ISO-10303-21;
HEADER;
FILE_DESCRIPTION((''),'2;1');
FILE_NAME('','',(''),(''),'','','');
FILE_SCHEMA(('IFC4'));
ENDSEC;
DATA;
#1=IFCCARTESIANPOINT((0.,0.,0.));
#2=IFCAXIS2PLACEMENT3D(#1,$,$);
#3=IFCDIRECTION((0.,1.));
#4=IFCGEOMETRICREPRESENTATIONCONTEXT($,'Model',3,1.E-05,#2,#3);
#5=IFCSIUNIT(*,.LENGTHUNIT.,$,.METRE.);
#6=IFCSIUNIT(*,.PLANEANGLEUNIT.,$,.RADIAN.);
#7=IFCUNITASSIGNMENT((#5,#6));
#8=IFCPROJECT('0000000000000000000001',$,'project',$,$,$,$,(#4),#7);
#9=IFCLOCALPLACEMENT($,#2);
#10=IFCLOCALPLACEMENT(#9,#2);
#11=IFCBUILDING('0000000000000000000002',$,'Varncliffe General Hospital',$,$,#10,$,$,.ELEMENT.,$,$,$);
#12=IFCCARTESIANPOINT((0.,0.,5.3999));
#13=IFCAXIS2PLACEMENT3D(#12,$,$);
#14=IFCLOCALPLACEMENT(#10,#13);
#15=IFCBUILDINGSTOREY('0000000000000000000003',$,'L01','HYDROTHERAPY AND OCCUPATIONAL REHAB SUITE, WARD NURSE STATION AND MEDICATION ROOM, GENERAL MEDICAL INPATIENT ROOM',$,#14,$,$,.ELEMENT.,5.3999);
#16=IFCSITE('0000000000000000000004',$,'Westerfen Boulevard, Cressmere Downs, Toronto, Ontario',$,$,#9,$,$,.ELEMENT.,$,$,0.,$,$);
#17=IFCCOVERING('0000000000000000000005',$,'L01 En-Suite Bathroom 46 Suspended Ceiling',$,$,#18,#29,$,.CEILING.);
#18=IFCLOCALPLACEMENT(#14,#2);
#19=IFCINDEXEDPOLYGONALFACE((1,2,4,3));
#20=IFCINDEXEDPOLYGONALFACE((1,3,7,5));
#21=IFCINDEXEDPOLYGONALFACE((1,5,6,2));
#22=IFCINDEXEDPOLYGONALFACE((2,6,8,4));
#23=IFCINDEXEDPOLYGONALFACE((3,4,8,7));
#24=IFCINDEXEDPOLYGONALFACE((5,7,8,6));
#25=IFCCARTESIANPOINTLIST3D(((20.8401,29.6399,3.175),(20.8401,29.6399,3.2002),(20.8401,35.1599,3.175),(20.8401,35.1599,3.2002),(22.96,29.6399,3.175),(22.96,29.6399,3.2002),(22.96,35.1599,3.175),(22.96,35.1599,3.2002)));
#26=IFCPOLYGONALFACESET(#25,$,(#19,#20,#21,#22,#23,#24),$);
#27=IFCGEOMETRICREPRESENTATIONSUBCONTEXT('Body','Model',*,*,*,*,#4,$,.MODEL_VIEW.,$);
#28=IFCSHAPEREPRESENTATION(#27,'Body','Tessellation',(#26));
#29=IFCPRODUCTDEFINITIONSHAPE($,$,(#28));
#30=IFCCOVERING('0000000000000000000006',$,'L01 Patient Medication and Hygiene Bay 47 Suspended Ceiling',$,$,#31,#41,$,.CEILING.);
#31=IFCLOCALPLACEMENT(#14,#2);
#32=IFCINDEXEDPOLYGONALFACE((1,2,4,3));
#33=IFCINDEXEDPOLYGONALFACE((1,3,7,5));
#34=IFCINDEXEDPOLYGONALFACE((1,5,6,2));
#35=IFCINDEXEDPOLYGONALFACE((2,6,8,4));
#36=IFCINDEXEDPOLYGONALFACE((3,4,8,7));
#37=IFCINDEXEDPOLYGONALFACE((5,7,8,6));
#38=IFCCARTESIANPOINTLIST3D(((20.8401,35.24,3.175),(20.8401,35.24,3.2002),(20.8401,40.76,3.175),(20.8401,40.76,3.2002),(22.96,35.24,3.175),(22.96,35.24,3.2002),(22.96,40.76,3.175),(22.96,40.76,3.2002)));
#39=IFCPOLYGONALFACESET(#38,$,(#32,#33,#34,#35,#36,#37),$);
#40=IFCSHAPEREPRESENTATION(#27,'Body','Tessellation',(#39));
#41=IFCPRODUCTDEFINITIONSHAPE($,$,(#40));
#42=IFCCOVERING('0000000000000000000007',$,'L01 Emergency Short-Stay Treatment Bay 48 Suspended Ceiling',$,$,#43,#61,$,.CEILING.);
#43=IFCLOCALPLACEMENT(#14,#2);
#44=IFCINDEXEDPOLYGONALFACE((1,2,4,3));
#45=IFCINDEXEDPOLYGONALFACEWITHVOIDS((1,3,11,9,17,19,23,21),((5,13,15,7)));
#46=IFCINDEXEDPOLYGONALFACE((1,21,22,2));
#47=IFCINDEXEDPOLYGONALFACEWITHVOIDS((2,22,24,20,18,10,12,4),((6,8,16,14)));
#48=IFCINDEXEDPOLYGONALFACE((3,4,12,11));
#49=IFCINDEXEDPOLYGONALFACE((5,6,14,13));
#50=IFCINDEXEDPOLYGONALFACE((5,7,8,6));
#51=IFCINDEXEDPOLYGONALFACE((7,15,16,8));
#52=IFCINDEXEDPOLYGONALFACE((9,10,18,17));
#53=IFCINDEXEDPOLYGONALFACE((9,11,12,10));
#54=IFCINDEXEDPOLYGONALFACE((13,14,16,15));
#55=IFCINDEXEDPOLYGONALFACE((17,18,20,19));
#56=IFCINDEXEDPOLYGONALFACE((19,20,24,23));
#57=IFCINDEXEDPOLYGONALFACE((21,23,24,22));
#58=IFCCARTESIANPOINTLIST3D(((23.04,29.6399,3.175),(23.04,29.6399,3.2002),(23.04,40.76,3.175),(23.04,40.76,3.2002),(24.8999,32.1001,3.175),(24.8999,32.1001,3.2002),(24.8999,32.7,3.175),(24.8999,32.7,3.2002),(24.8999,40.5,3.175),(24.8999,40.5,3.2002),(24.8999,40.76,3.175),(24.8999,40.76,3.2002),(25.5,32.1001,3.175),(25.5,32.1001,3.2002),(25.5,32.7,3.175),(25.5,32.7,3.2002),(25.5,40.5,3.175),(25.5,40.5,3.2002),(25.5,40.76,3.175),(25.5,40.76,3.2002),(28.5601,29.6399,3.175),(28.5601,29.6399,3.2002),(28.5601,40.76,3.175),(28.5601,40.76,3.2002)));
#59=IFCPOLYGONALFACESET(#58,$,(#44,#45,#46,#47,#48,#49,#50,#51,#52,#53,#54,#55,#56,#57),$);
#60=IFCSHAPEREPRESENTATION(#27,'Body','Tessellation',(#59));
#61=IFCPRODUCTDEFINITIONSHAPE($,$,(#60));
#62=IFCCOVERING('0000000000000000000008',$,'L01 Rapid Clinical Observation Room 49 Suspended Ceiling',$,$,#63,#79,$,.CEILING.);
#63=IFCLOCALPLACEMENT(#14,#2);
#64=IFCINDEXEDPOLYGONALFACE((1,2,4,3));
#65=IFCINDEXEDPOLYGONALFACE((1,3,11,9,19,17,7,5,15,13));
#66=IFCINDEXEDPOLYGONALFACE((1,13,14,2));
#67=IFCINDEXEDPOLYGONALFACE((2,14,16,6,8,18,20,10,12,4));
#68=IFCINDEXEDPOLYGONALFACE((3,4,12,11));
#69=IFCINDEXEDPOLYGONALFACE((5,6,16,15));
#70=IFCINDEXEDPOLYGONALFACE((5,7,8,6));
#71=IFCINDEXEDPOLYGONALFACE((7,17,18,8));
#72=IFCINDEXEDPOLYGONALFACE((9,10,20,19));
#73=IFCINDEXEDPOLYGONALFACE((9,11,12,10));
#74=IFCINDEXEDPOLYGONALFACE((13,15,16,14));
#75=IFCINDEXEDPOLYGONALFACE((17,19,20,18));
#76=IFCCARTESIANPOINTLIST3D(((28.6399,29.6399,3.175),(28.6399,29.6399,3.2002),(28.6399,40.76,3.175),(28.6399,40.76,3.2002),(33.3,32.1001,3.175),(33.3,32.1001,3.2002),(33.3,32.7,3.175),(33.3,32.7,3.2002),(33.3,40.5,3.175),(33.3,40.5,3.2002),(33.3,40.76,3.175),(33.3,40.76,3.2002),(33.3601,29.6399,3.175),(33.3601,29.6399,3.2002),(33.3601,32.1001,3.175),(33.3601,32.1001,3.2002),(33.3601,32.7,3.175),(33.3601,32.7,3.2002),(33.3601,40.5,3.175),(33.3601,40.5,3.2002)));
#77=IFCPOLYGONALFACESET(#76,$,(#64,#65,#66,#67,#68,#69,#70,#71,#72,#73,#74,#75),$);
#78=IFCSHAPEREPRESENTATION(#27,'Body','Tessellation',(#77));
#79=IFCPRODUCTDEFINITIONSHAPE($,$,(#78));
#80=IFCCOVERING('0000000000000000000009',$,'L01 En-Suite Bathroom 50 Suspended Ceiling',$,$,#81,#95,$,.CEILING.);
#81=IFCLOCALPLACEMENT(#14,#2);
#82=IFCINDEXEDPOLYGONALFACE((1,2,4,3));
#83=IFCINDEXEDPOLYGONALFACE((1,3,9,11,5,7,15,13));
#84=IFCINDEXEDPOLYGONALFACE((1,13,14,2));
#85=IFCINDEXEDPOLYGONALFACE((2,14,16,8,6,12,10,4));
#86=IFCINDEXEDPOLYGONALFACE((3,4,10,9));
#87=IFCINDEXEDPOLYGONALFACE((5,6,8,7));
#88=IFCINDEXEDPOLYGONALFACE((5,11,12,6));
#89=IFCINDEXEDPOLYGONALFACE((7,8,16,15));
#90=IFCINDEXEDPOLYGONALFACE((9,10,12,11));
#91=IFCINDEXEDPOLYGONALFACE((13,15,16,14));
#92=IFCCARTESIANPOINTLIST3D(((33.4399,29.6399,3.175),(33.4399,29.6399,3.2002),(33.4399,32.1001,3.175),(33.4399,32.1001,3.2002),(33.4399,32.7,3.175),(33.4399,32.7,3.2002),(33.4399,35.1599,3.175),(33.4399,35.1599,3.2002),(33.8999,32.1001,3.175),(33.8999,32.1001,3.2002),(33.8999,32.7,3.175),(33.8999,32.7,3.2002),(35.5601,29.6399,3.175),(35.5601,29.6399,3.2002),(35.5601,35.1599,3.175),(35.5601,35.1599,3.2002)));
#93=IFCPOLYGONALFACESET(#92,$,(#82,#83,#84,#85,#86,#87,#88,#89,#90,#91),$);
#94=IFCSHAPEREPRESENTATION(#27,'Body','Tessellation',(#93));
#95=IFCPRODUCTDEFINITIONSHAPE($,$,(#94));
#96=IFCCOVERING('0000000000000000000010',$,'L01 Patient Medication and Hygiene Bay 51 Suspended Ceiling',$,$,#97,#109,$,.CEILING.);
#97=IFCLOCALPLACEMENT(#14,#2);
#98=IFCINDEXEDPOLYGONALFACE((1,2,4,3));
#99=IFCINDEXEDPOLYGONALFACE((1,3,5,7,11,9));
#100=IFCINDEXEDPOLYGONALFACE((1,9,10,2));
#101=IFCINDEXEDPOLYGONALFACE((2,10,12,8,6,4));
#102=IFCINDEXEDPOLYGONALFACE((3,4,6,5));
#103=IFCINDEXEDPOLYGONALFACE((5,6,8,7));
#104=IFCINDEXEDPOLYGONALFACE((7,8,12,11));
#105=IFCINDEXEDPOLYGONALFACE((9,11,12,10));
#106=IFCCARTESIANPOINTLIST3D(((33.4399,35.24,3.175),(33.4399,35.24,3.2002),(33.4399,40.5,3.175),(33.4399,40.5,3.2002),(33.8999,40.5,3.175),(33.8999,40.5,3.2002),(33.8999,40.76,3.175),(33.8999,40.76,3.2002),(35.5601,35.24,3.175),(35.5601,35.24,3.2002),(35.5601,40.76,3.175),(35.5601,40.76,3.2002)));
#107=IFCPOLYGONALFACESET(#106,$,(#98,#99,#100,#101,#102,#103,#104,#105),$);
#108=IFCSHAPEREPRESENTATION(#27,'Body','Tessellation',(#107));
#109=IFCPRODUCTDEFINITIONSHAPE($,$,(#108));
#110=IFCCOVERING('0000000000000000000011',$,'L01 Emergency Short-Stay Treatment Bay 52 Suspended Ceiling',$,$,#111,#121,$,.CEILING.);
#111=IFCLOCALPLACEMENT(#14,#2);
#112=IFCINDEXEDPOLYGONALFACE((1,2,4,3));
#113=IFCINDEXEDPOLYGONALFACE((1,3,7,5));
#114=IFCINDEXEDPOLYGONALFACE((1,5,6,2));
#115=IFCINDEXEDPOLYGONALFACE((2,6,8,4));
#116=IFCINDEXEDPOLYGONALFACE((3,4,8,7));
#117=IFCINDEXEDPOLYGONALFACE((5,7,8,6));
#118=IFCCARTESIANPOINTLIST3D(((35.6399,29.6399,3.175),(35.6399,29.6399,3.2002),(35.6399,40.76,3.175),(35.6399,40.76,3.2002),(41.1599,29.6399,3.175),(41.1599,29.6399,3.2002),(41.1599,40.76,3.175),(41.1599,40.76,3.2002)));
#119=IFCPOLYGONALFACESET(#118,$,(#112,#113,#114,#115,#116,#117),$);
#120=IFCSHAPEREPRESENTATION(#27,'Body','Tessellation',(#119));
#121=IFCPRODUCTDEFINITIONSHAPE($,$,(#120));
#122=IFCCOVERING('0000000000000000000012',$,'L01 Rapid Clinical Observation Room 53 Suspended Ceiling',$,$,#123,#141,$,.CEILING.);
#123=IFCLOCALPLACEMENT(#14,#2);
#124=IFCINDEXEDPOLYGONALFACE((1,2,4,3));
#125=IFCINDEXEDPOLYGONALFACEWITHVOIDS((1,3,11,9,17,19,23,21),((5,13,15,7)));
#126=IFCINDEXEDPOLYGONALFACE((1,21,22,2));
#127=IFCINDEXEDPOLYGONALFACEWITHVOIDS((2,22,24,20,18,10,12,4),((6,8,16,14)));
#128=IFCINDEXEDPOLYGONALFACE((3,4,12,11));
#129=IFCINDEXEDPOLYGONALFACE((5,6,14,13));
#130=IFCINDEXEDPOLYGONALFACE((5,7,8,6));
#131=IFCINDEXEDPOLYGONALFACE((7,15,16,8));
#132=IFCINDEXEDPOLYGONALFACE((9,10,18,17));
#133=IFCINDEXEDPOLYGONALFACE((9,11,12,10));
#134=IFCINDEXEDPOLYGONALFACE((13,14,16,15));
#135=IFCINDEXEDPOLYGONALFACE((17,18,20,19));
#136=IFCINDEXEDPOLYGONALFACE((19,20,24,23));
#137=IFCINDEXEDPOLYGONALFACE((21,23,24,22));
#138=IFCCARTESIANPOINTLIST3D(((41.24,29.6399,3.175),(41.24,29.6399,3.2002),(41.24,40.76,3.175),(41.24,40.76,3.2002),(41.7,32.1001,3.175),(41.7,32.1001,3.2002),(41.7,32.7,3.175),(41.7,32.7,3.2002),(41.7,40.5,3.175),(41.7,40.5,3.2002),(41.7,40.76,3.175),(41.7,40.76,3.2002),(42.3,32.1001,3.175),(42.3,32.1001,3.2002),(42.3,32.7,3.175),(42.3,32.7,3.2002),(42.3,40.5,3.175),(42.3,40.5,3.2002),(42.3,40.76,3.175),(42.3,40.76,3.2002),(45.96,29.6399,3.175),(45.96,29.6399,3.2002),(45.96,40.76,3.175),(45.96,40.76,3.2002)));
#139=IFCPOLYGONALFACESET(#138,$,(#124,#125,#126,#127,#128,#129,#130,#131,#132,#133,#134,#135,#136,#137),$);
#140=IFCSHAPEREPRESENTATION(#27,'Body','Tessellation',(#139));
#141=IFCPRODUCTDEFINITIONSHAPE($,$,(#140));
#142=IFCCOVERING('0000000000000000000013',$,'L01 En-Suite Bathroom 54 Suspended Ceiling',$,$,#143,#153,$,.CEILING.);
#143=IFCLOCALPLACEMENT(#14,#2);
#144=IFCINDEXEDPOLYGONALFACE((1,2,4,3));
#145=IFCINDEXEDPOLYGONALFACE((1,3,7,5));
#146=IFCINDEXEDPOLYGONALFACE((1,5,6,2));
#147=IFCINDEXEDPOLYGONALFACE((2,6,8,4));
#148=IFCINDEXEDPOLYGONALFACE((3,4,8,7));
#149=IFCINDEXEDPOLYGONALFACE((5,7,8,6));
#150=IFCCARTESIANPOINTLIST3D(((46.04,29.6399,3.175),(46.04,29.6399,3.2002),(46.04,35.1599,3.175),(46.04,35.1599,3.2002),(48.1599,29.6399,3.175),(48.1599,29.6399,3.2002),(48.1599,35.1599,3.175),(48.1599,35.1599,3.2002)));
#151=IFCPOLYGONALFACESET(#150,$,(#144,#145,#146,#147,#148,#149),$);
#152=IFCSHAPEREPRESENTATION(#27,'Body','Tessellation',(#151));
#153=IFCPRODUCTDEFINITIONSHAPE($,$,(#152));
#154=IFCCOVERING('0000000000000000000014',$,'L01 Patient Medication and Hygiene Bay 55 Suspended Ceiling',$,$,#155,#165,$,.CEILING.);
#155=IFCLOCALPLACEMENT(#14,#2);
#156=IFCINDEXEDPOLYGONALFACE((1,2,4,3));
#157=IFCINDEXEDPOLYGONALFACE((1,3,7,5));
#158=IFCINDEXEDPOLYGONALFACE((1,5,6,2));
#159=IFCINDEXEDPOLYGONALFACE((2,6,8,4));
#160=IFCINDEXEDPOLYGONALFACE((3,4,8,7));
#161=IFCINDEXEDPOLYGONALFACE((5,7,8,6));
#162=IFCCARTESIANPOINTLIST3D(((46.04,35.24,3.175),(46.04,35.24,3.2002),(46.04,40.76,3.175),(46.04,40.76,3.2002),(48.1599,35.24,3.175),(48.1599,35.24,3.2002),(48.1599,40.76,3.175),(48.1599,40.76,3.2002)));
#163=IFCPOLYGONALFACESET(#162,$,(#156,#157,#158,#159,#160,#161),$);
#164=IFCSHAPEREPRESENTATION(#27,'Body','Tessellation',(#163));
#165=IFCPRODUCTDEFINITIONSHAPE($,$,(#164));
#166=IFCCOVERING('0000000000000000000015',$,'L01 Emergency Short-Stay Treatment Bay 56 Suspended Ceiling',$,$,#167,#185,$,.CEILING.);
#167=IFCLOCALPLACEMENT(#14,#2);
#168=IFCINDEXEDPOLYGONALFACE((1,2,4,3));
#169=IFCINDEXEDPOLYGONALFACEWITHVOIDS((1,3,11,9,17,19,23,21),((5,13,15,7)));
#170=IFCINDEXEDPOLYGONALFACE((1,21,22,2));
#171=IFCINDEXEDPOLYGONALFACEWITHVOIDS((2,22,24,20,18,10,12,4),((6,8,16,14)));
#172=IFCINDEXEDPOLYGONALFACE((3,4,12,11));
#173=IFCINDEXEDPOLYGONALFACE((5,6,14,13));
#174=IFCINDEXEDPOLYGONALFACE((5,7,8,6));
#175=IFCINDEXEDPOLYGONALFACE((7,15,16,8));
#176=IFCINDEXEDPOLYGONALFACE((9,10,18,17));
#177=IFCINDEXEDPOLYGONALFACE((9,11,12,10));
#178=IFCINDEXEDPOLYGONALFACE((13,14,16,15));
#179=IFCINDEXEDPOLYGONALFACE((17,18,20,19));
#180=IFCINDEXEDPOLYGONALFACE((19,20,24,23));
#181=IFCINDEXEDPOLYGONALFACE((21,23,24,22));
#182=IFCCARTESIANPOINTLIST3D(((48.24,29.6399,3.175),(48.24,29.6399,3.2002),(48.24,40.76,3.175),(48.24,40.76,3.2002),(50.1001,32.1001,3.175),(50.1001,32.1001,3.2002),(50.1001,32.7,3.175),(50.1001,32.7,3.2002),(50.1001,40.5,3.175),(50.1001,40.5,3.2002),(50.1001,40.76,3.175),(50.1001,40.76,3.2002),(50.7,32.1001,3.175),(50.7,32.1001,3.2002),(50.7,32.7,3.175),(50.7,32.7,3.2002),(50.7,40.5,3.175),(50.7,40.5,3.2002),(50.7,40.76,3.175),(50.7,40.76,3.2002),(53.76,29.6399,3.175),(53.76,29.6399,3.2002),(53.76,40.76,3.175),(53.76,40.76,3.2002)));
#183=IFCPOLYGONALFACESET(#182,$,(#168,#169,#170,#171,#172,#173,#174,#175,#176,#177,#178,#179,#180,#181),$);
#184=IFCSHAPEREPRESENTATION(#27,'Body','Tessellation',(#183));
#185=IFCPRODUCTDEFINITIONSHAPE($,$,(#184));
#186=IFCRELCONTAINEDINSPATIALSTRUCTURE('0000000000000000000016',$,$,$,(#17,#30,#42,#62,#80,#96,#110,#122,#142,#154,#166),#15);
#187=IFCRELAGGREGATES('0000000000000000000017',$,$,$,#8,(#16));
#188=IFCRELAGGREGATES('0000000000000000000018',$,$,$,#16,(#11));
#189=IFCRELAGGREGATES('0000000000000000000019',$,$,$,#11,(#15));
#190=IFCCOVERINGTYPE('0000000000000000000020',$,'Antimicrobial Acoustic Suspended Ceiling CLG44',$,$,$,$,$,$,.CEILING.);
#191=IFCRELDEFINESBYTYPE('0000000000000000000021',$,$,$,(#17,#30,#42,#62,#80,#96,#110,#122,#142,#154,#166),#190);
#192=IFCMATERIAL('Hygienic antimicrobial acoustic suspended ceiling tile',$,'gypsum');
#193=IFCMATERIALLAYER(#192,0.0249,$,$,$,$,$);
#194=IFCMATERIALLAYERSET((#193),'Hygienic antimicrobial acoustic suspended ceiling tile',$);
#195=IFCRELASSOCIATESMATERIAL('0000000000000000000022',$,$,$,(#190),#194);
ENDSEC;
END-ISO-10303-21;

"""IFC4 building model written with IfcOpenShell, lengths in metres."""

from ifc_helpers import new_model, si_unit, direction, frame, origin, place, context, subcontext, project, spatial, polyline, outline, extrude, material, layer, layer_set, type_object, element, save


model = new_model("IFC4")

# Units and contexts
model_context = context("Model", 3, precision=1e-05, world=origin(), true_north=direction((0.0, 1.0)))
body_context = subcontext(model_context, "Body", "Model", "MODEL_VIEW")
ifc_project = project(units=[si_unit("LENGTHUNIT", "METRE"), si_unit("PLANEANGLEUNIT", "RADIAN")], contexts=[model_context])

# Site, building, storey
site_placement = place(None, origin())
site = spatial("IfcSite", under=ifc_project, at=site_placement, Name="Westerfen Boulevard, Cressmere Downs, Toronto, Ontario", CompositionType="ELEMENT", RefElevation=0.0)
building_placement = place(site_placement, origin())
building = spatial("IfcBuilding", under=site, at=building_placement, Name="Varncliffe General Hospital", CompositionType="ELEMENT")
storey_placement = place(building_placement, frame((0.0, 0.0, 5.3999)))
storey = spatial("IfcBuildingStorey", under=building, at=storey_placement, Name="L01", Description="HYDROTHERAPY AND OCCUPATIONAL REHAB SUITE, WARD NURSE STATION AND MEDICATION ROOM, GENERAL MEDICAL INPATIENT ROOM", CompositionType="ELEMENT", Elevation=5.3999)

# Coverings
ifc_material_1 = material(Name="Hygienic antimicrobial acoustic suspended ceiling tile", Category="gypsum")
ifc_layer = layer(ifc_material_1, 0.0249)
ifc_layer_set = layer_set([ifc_layer], Name="Hygienic antimicrobial acoustic suspended ceiling tile")
covering_type = type_object("IfcCoveringType", Name="Antimicrobial Acoustic Suspended Ceiling CLG44", PredefinedType="CEILING", material=ifc_layer_set)
covering_1_placement = place(storey_placement, frame((0.0, 0.0, 3.175)))
element("IfcCovering", 1, at=covering_1_placement, inside=storey, type_object=covering_type, Name="L01 En-Suite Bathroom 46 Suspended Ceiling", PredefinedType="CEILING", context=body_context, shape_type="SweptSolid", body=[
    extrude(outline(polyline([(22.96, 29.6399), (22.96, 35.1599), (20.8401, 35.1599), (20.8401, 29.6399), (22.96, 29.6399)])), origin(), (0.0, 0.0, 1.0), 0.0251),
])
covering_2_placement = place(storey_placement, frame((0.0, 0.0, 3.175)))
element("IfcCovering", 2, at=covering_2_placement, inside=storey, type_object=covering_type, Name="L01 Patient Medication and Hygiene Bay 47 Suspended Ceiling", PredefinedType="CEILING", context=body_context, shape_type="SweptSolid", body=[
    extrude(outline(polyline([(22.96, 35.24), (22.96, 40.76), (20.8401, 40.76), (20.8401, 35.24), (22.96, 35.24)])), origin(), (0.0, 0.0, 1.0), 0.0251),
])
covering_3_placement = place(storey_placement, frame((0.0, 0.0, 3.175)))
element("IfcCovering", 3, at=covering_3_placement, inside=storey, type_object=covering_type, Name="L01 Emergency Short-Stay Treatment Bay 48 Suspended Ceiling", PredefinedType="CEILING", context=body_context, shape_type="SweptSolid", body=[
    extrude(outline(polyline([(28.5601, 40.76), (28.5601, 29.6399), (23.04, 29.6399), (23.04, 40.76), (24.8999, 40.76), (24.8999, 40.5), (25.5, 40.5), (25.5, 40.76), (28.5601, 40.76)]), holes=[polyline([(25.5, 32.1001), (25.5, 32.7), (24.8999, 32.7), (24.8999, 32.1001), (25.5, 32.1001)])]), origin(), (0.0, 0.0, 1.0), 0.0251),
])
covering_4_placement = place(storey_placement, frame((0.0, 0.0, 3.175)))
element("IfcCovering", 4, at=covering_4_placement, inside=storey, type_object=covering_type, Name="L01 Rapid Clinical Observation Room 49 Suspended Ceiling", PredefinedType="CEILING", context=body_context, shape_type="SweptSolid", body=[
    extrude(outline(polyline([(28.6399, 29.6399), (28.6399, 40.76), (33.3, 40.76), (33.3, 40.5), (33.3601, 40.5), (33.3601, 32.7), (33.3, 32.7), (33.3, 32.1001), (33.3601, 32.1001), (33.3601, 29.6399), (28.6399, 29.6399)])), origin(), (0.0, 0.0, 1.0), 0.0251),
])
covering_5_placement = place(storey_placement, frame((0.0, 0.0, 3.175)))
element("IfcCovering", 5, at=covering_5_placement, inside=storey, type_object=covering_type, Name="L01 En-Suite Bathroom 50 Suspended Ceiling", PredefinedType="CEILING", context=body_context, shape_type="SweptSolid", body=[
    extrude(outline(polyline([(33.4399, 35.1599), (35.5601, 35.1599), (35.5601, 29.6399), (33.4399, 29.6399), (33.4399, 32.1001), (33.8999, 32.1001), (33.8999, 32.7), (33.4399, 32.7), (33.4399, 35.1599)])), origin(), (0.0, 0.0, 1.0), 0.0251),
])
covering_6_placement = place(storey_placement, frame((0.0, 0.0, 3.175)))
element("IfcCovering", 6, at=covering_6_placement, inside=storey, type_object=covering_type, Name="L01 Patient Medication and Hygiene Bay 51 Suspended Ceiling", PredefinedType="CEILING", context=body_context, shape_type="SweptSolid", body=[
    extrude(outline(polyline([(35.5601, 40.76), (35.5601, 35.24), (33.4399, 35.24), (33.4399, 40.5), (33.8999, 40.5), (33.8999, 40.76), (35.5601, 40.76)])), origin(), (0.0, 0.0, 1.0), 0.0251),
])
covering_7_placement = place(storey_placement, frame((0.0, 0.0, 3.175)))
element("IfcCovering", 7, at=covering_7_placement, inside=storey, type_object=covering_type, Name="L01 Emergency Short-Stay Treatment Bay 52 Suspended Ceiling", PredefinedType="CEILING", context=body_context, shape_type="SweptSolid", body=[
    extrude(outline(polyline([(41.1599, 29.6399), (41.1599, 40.76), (35.6399, 40.76), (35.6399, 29.6399), (41.1599, 29.6399)])), origin(), (0.0, 0.0, 1.0), 0.0251),
])
covering_8_placement = place(storey_placement, frame((0.0, 0.0, 3.175)))
element("IfcCovering", 8, at=covering_8_placement, inside=storey, type_object=covering_type, Name="L01 Rapid Clinical Observation Room 53 Suspended Ceiling", PredefinedType="CEILING", context=body_context, shape_type="SweptSolid", body=[
    extrude(outline(polyline([(45.96, 40.76), (45.96, 29.6399), (41.24, 29.6399), (41.24, 40.76), (41.7, 40.76), (41.7, 40.5), (42.3, 40.5), (42.3, 40.76), (45.96, 40.76)]), holes=[polyline([(42.3, 32.1001), (42.3, 32.7), (41.7, 32.7), (41.7, 32.1001), (42.3, 32.1001)])]), origin(), (0.0, 0.0, 1.0), 0.0251),
])
covering_9_placement = place(storey_placement, frame((0.0, 0.0, 3.175)))
element("IfcCovering", 9, at=covering_9_placement, inside=storey, type_object=covering_type, Name="L01 En-Suite Bathroom 54 Suspended Ceiling", PredefinedType="CEILING", context=body_context, shape_type="SweptSolid", body=[
    extrude(outline(polyline([(48.1599, 29.6399), (48.1599, 35.1599), (46.04, 35.1599), (46.04, 29.6399), (48.1599, 29.6399)])), origin(), (0.0, 0.0, 1.0), 0.0251),
])
covering_10_placement = place(storey_placement, frame((0.0, 0.0, 3.175)))
element("IfcCovering", 10, at=covering_10_placement, inside=storey, type_object=covering_type, Name="L01 Patient Medication and Hygiene Bay 55 Suspended Ceiling", PredefinedType="CEILING", context=body_context, shape_type="SweptSolid", body=[
    extrude(outline(polyline([(48.1599, 35.24), (48.1599, 40.76), (46.04, 40.76), (46.04, 35.24), (48.1599, 35.24)])), origin(), (0.0, 0.0, 1.0), 0.0251),
])
covering_11_placement = place(storey_placement, frame((0.0, 0.0, 3.175)))
element("IfcCovering", 11, at=covering_11_placement, inside=storey, type_object=covering_type, Name="L01 Emergency Short-Stay Treatment Bay 56 Suspended Ceiling", PredefinedType="CEILING", context=body_context, shape_type="SweptSolid", body=[
    extrude(outline(polyline([(53.76, 40.76), (53.76, 29.6399), (48.24, 29.6399), (48.24, 40.76), (50.1001, 40.76), (50.1001, 40.5), (50.7, 40.5), (50.7, 40.76), (53.76, 40.76)]), holes=[polyline([(50.7, 32.1001), (50.7, 32.7), (50.1001, 32.7), (50.1001, 32.1001), (50.7, 32.1001)])]), origin(), (0.0, 0.0, 1.0), 0.0251),
])

save(model, "model.ifc")
